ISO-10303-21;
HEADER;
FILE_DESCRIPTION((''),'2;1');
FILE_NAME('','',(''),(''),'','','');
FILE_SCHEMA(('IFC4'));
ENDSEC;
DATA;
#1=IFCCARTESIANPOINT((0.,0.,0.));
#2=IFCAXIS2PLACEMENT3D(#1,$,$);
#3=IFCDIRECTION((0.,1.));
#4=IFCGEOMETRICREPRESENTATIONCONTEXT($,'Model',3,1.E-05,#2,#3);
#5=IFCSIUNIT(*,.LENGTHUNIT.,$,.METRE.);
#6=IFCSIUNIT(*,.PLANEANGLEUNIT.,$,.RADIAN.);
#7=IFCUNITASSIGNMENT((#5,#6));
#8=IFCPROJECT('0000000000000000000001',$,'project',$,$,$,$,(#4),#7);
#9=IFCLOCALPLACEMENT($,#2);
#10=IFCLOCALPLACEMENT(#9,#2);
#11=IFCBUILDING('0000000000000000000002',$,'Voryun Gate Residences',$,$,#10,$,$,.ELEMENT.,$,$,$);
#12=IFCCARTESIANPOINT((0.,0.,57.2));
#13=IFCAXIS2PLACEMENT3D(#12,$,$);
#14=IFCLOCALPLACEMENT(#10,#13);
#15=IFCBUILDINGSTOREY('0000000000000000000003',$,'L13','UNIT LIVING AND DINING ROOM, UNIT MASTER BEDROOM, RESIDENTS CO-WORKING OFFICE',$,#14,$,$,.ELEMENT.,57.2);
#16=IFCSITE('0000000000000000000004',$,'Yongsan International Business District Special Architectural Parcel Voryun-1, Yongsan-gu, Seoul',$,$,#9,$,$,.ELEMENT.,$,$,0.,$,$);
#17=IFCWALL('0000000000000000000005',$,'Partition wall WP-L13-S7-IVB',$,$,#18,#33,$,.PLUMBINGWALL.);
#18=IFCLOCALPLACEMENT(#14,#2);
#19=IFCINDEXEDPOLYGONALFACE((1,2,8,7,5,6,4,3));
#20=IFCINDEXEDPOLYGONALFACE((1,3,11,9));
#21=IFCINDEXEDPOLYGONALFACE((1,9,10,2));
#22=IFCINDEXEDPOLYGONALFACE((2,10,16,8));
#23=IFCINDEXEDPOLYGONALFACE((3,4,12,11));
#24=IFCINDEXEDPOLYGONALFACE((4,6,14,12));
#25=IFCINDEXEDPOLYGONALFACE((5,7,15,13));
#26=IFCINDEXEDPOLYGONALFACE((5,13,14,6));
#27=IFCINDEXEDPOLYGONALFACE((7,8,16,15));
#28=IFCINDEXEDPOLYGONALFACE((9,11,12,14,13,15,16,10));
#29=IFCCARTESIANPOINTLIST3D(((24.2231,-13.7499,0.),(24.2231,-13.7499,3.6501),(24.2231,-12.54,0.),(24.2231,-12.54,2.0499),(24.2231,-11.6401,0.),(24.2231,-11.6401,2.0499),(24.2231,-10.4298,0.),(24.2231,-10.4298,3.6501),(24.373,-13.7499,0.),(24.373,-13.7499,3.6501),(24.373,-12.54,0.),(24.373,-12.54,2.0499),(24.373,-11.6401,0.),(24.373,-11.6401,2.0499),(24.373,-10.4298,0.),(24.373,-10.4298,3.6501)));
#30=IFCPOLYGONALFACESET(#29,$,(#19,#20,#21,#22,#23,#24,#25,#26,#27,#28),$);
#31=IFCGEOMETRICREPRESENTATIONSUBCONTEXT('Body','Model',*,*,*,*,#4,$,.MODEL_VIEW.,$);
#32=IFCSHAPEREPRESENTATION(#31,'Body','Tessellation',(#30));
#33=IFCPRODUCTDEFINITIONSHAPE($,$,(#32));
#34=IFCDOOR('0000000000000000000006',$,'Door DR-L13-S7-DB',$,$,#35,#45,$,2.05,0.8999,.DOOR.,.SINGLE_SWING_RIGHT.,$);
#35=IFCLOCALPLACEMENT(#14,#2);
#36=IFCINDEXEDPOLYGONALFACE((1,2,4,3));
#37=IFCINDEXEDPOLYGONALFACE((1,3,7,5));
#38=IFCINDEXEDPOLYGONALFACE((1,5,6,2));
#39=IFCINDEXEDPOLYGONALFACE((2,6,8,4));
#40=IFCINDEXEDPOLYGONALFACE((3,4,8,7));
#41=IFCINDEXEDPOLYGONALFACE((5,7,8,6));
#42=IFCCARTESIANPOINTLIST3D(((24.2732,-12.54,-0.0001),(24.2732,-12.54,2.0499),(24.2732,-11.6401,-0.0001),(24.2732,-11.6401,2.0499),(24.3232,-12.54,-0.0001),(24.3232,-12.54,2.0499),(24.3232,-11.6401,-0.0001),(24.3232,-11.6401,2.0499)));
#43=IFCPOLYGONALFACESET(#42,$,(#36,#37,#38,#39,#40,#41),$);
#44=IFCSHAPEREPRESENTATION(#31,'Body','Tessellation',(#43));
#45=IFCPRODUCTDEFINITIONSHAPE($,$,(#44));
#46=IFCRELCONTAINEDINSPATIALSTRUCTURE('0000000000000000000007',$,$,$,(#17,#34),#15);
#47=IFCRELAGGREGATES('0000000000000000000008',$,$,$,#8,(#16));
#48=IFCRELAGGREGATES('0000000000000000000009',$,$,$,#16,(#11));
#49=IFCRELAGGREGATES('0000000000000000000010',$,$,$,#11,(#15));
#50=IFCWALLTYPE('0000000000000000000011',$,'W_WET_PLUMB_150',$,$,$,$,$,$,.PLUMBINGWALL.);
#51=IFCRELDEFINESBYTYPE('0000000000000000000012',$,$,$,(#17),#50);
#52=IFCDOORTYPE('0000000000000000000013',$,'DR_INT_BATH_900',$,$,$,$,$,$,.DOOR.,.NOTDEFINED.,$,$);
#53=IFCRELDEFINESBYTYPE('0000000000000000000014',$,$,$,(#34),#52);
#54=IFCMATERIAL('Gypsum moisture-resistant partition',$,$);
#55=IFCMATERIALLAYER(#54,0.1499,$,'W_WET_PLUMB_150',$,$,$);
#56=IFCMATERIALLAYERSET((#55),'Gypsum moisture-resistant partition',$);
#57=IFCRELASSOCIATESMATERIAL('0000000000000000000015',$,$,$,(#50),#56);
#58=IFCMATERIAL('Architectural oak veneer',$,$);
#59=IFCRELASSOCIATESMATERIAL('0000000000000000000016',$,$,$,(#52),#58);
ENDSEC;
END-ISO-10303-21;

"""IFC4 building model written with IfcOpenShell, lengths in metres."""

from ifc_helpers import new_model, si_unit, direction, frame, frame_2d, origin, place, context, subcontext, project, spatial, rectangle, extrude, material, layer, layer_set, type_object, element, fill, save


model = new_model("IFC4")

# Units and contexts
model_context = context("Model", 3, precision=1e-05, world=origin(), true_north=direction((0.0, 1.0)))
body_context = subcontext(model_context, "Body", "Model", "MODEL_VIEW")
ifc_project = project(units=[si_unit("LENGTHUNIT", "METRE"), si_unit("PLANEANGLEUNIT", "RADIAN")], contexts=[model_context])

# Site, building, storey
site_placement = place(None, origin())
site = spatial("IfcSite", under=ifc_project, at=site_placement, Name="Yongsan International Business District Special Architectural Parcel Voryun-1, Yongsan-gu, Seoul", CompositionType="ELEMENT", RefElevation=0.0)
building_placement = place(site_placement, origin())
building = spatial("IfcBuilding", under=site, at=building_placement, Name="Voryun Gate Residences", CompositionType="ELEMENT")
storey_placement = place(building_placement, frame((0.0, 0.0, 57.2)))
storey = spatial("IfcBuildingStorey", under=building, at=storey_placement, Name="L13", Description="UNIT LIVING AND DINING ROOM, UNIT MASTER BEDROOM, RESIDENTS CO-WORKING OFFICE", CompositionType="ELEMENT", Elevation=57.2)

# Shared definitions
ifc_material_1 = material(Name="Gypsum moisture-resistant partition")
ifc_layer_1 = layer(ifc_material_1, 0.1499, Name="W_WET_PLUMB_150")
ifc_layer_set_1 = layer_set([ifc_layer_1], Name="Gypsum moisture-resistant partition")
wall_type_1 = type_object("IfcWallType", Name="W_WET_PLUMB_150", PredefinedType="PLUMBINGWALL", material=ifc_layer_set_1)

# Wall, opening, door
wall_1_placement = place(storey_placement, frame((24.2981, -13.75, 0.0), z_axis=(0.0, 0.0, 1.0), x_axis=(0.0, 1.0, 0.0)))
wall_1 = element("IfcWall", 1, at=wall_1_placement, inside=storey, type_object=wall_type_1, Name="Partition wall WP-L13-S7-IVB", PredefinedType="PLUMBINGWALL", context=body_context, shape_type="SweptSolid", body=[
    extrude(rectangle(XDim=3.3201, YDim=0.1499, at=frame_2d((1.6602, 0.0))), origin(), (0.0, 0.0, 1.0), 3.6501),
])
opening_1_placement = place(wall_1_placement, frame((1.21, 0.0, 0.0)))
opening_1 = element("IfcOpeningElement", 2, at=opening_1_placement, cuts=wall_1, PredefinedType="OPENING", context=body_context, shape_type="SweptSolid", body=[
    extrude(rectangle(XDim=0.8999, YDim=2.05, at=frame_2d((0.45, 1.0249))), frame((0.0, 0.085, 0.0), z_axis=(0.0, -1.0, 0.0), x_axis=(1.0, 0.0, 0.0)), (0.0, 0.0, 1.0), 0.1699),
])
ifc_material_2 = material(Name="Architectural oak veneer")
door_type_1 = type_object("IfcDoorType", Name="DR_INT_BATH_900", OperationType="NOTDEFINED", PredefinedType="DOOR", material=ifc_material_2)
door_1_placement = place(opening_1_placement, origin())
door_1 = element("IfcDoor", 3, at=door_1_placement, inside=storey, type_object=door_type_1, Name="Door DR-L13-S7-DB", OperationType="SINGLE_SWING_RIGHT", OverallHeight=2.05, OverallWidth=0.8999, PredefinedType="DOOR", context=body_context, shape_type="SweptSolid", body=[
    extrude(rectangle(XDim=0.8999, YDim=2.05, at=frame_2d((0.45, 1.0249))), frame((0.0, 0.0249, 0.0), z_axis=(0.0, -1.0, 0.0), x_axis=(1.0, 0.0, 0.0)), (0.0, 0.0, 1.0), 0.05),
])
fill(opening_1, door_1)

save(model, "model.ifc")
